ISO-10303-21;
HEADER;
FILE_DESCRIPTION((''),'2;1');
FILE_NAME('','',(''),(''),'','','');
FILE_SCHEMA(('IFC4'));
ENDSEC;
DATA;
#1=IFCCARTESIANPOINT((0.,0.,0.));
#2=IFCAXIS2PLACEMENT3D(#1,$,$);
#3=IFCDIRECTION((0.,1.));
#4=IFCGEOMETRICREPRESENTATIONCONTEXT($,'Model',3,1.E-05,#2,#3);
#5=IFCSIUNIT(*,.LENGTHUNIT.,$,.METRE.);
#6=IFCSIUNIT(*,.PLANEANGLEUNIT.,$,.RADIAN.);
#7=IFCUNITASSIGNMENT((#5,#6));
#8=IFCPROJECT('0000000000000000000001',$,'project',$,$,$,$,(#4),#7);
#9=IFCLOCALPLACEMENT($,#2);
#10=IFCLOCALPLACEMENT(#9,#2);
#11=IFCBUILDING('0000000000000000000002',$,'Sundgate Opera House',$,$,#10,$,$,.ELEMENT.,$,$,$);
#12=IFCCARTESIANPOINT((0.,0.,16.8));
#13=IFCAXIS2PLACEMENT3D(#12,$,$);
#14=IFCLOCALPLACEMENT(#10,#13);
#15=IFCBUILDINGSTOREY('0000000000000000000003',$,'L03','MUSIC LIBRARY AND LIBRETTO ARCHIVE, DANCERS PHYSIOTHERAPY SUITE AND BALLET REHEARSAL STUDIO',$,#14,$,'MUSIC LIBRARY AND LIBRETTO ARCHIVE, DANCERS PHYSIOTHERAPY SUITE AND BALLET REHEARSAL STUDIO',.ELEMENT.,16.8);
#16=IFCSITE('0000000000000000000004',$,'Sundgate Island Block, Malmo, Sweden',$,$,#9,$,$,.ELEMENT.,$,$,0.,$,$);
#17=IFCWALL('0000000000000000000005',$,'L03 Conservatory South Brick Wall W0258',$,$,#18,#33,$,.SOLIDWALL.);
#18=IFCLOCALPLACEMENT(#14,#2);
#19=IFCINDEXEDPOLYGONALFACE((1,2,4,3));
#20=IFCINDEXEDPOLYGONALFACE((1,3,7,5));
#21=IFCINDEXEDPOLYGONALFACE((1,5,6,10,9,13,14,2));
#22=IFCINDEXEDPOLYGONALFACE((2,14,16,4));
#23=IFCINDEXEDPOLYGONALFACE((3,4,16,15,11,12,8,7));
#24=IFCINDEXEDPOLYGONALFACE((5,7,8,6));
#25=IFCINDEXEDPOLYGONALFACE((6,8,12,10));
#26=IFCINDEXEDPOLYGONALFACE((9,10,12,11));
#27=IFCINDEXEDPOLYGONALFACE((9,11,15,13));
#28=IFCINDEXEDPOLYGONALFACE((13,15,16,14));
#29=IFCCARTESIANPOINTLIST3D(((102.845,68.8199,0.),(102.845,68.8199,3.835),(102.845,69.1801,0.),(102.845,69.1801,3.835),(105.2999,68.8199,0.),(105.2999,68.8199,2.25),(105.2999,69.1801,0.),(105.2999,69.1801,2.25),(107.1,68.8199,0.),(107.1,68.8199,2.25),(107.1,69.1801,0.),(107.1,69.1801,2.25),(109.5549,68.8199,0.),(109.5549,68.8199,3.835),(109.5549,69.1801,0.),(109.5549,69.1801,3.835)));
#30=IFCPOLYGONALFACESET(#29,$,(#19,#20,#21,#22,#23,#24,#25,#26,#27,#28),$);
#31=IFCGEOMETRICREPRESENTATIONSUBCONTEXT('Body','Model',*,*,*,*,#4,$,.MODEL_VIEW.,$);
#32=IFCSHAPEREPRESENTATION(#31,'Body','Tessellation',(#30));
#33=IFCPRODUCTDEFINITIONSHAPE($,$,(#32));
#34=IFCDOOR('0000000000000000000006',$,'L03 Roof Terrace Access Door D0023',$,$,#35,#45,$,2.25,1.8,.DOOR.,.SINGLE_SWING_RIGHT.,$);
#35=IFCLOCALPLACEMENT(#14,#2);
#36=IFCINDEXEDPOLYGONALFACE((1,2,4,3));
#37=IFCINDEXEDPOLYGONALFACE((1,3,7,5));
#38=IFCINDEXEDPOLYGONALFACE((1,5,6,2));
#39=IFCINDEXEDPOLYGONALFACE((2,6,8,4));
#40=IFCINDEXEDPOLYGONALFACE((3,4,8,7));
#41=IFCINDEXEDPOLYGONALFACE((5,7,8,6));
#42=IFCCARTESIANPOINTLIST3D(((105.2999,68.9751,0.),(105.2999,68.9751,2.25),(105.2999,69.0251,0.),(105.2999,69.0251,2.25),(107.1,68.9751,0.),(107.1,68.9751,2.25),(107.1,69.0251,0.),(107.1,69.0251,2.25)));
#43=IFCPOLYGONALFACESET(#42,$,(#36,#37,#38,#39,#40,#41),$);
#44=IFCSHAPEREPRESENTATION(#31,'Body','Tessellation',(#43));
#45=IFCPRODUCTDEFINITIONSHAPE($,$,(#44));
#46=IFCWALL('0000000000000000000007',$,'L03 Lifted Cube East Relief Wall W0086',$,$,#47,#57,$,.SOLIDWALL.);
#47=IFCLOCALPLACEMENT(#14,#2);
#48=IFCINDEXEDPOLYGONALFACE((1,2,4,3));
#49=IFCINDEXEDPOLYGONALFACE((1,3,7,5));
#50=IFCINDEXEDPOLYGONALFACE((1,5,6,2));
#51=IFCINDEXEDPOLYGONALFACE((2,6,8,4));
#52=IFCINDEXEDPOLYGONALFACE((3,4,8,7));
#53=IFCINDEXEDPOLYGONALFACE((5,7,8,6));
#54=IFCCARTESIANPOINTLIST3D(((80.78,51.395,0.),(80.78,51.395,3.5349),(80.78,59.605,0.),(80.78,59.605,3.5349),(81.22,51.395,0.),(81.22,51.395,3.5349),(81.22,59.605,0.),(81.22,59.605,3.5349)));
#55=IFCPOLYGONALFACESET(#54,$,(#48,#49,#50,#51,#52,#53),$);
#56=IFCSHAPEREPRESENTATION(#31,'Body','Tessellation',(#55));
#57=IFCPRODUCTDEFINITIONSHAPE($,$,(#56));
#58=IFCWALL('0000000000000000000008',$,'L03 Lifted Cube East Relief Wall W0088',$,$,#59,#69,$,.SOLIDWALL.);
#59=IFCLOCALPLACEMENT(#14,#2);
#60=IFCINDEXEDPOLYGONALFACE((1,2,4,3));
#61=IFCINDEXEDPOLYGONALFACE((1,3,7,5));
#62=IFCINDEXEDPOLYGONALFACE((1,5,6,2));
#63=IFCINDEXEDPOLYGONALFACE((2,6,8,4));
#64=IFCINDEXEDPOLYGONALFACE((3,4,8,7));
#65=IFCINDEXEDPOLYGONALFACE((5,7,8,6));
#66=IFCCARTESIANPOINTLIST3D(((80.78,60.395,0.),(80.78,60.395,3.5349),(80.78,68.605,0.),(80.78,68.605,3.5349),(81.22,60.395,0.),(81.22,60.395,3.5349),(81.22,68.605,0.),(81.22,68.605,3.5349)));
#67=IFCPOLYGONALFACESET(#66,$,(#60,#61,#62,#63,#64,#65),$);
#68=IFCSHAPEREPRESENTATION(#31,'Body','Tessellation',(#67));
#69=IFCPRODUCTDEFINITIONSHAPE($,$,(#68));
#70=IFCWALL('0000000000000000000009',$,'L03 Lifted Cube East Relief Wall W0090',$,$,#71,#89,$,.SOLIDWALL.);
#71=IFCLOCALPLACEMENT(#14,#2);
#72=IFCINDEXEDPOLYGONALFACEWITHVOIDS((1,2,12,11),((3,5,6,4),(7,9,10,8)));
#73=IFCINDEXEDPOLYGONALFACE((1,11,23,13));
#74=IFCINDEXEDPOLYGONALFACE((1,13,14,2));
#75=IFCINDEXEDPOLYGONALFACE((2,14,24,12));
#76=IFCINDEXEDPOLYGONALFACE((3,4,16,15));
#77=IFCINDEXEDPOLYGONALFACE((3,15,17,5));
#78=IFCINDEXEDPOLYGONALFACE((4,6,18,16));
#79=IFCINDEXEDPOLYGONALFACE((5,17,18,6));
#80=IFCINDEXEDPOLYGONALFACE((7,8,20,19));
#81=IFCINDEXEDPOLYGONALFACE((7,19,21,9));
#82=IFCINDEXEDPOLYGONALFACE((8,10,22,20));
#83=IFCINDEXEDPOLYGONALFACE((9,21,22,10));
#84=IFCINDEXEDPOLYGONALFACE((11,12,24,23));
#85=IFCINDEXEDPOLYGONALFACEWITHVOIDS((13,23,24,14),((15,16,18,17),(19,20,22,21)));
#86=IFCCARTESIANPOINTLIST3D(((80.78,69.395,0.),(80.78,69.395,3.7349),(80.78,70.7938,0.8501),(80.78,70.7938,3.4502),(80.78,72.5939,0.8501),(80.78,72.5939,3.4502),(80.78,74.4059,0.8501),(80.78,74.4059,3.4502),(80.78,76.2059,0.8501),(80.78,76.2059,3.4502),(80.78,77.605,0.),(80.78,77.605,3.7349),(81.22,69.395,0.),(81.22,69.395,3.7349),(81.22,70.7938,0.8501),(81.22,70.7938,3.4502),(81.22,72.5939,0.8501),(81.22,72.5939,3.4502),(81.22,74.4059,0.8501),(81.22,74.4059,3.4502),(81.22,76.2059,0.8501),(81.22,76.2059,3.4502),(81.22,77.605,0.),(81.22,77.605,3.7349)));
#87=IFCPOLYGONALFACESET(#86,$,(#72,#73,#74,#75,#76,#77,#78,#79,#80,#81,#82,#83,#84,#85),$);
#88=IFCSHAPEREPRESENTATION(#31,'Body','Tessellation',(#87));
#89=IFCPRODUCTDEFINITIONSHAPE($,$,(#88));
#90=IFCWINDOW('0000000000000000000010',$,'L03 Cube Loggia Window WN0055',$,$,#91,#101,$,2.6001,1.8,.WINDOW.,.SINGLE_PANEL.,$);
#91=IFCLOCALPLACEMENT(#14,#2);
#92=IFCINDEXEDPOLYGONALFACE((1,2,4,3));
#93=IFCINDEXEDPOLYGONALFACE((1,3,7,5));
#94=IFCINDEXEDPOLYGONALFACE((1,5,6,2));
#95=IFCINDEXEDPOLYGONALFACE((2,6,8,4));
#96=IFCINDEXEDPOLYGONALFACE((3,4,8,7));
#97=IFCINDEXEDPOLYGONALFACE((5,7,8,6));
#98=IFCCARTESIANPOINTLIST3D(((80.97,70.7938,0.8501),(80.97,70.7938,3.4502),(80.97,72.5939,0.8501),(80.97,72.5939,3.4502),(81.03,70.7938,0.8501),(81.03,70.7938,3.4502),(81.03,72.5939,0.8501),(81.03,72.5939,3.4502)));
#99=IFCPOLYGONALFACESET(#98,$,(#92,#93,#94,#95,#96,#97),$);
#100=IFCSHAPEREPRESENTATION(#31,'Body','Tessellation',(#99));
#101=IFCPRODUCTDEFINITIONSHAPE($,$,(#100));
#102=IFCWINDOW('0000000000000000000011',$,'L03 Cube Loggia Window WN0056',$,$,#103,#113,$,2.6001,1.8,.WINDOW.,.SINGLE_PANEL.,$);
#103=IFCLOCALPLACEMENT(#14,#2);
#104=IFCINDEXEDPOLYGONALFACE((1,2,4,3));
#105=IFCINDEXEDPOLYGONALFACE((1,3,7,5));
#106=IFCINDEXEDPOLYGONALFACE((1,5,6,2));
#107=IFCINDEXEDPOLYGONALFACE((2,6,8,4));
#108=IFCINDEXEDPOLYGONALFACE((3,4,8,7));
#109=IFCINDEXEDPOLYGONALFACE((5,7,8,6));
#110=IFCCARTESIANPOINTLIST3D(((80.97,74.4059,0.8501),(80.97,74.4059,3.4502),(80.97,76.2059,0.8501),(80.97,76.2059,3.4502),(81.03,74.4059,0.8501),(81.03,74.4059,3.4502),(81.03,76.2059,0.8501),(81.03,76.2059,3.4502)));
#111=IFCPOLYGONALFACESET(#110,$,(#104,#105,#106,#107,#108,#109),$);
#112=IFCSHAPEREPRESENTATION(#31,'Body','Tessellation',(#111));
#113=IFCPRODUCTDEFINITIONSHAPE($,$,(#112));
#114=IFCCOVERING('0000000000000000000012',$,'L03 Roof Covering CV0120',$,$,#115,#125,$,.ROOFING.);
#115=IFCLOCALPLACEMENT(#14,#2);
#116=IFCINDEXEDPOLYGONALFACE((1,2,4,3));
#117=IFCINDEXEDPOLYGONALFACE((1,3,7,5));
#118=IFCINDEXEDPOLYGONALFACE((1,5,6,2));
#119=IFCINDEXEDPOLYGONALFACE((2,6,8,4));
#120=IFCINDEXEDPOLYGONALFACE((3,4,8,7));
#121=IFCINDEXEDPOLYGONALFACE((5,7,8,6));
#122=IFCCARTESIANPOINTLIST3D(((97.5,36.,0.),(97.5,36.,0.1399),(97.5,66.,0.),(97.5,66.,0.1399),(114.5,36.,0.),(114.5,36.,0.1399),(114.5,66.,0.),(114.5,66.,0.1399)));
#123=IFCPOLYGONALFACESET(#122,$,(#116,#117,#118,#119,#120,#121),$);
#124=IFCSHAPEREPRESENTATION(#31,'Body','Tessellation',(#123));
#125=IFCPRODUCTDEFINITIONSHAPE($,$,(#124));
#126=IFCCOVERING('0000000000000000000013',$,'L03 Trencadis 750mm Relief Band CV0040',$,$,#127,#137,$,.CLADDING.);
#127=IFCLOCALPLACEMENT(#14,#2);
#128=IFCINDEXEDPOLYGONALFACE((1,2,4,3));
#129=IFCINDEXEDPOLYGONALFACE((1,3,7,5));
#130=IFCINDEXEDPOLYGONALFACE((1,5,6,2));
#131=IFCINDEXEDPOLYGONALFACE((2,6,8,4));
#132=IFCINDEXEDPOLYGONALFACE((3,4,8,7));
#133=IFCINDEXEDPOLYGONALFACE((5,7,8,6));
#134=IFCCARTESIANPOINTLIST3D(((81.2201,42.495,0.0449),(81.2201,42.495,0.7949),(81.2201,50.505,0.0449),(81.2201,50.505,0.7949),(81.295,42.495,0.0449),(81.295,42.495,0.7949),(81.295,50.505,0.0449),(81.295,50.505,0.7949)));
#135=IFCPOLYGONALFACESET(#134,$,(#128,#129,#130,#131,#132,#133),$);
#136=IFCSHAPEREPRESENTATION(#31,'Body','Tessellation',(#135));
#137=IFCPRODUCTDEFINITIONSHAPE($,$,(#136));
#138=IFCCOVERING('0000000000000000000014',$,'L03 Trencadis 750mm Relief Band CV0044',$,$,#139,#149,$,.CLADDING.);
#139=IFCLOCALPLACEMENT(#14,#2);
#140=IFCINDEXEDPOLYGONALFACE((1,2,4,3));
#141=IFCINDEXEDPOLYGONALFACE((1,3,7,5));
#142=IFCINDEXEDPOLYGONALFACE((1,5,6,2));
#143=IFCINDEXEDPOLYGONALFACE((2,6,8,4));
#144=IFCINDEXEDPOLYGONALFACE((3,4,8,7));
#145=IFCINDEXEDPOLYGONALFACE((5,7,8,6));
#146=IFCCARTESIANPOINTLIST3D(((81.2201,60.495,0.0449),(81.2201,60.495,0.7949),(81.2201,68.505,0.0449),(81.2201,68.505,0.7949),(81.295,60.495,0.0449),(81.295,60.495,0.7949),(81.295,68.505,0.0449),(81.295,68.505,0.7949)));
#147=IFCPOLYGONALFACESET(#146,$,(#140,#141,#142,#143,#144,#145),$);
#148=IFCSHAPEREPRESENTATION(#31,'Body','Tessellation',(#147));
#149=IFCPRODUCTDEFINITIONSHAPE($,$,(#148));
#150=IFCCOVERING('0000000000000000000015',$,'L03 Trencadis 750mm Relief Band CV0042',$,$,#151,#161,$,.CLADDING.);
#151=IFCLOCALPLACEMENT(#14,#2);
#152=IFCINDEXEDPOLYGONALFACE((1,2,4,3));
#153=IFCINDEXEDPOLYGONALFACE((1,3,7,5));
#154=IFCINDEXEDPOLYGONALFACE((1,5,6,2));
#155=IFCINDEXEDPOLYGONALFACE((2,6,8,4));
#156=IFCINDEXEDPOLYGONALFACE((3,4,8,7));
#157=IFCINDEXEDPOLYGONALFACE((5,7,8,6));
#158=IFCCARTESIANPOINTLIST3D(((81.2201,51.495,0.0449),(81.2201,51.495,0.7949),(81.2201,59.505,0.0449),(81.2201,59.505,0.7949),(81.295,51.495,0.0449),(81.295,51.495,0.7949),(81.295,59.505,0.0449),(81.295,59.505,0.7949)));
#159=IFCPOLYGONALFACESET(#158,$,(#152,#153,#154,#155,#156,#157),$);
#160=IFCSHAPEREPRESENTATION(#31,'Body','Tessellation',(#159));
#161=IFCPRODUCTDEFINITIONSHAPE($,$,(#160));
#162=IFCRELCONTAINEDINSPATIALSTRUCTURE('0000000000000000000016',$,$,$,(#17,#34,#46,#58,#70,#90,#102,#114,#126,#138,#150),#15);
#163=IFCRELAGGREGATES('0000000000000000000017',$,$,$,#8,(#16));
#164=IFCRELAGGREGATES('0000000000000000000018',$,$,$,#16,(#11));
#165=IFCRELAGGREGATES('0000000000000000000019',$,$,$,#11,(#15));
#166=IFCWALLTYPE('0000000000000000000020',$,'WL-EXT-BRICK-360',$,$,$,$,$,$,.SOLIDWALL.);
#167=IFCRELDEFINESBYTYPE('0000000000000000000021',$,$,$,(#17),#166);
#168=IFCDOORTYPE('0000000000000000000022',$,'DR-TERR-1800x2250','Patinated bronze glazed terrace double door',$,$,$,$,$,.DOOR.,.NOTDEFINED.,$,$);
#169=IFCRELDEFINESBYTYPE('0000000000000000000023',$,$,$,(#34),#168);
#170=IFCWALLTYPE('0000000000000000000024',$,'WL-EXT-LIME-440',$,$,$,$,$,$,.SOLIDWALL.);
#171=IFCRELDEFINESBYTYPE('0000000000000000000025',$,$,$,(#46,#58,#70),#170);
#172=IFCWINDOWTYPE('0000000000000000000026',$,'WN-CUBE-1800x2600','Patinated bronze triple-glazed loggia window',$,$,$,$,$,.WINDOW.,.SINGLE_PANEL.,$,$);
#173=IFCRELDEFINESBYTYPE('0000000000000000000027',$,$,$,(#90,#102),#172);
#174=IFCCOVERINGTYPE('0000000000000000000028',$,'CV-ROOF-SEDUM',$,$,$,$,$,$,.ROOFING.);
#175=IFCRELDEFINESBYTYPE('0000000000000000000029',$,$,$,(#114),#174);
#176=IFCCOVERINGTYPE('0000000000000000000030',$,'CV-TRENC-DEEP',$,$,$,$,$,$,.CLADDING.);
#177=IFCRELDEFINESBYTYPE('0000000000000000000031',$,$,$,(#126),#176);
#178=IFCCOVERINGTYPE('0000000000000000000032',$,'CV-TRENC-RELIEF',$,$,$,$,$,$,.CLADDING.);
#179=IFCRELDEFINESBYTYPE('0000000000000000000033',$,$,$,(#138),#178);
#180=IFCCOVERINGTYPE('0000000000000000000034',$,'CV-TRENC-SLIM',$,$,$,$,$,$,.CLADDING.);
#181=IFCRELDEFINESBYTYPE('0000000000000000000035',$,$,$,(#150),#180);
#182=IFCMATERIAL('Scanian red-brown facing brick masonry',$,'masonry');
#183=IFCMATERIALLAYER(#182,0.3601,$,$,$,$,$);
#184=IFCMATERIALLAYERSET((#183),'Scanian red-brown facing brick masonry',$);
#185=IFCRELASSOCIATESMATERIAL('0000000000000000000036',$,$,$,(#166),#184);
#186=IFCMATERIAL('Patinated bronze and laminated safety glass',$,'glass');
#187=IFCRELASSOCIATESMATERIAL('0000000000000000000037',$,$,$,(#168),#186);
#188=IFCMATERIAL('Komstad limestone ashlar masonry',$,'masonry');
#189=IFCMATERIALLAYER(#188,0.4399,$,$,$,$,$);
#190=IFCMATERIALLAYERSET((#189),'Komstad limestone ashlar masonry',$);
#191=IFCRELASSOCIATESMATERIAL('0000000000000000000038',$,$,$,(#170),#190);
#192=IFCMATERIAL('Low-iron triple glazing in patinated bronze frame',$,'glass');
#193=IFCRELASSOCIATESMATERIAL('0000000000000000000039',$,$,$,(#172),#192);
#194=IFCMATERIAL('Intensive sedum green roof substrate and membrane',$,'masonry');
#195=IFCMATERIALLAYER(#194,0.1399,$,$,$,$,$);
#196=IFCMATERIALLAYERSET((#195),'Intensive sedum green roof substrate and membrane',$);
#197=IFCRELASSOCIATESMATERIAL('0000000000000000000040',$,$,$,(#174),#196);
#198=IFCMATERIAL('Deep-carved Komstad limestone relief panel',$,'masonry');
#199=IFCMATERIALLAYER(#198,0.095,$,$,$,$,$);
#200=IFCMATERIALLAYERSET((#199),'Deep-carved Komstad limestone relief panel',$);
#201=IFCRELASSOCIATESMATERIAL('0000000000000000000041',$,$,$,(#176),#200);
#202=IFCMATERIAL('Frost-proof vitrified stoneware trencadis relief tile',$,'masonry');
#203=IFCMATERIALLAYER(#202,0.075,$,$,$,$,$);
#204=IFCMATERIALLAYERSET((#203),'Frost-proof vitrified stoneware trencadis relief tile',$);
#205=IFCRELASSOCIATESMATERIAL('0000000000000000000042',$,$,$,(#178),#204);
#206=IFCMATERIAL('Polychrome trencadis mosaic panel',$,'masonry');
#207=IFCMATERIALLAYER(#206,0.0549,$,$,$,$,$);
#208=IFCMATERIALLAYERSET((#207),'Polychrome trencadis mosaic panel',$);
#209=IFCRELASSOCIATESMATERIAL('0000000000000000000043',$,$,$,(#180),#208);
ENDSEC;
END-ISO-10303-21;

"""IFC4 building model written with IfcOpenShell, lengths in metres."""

from ifc_helpers import new_model, si_unit, direction, frame, frame_2d, origin, origin_2d, place, context, subcontext, project, spatial, rectangle, extrude, material, layer, layer_set, type_object, element, fill, save


model = new_model("IFC4")

# Units and contexts
model_context = context("Model", 3, precision=1e-05, world=origin(), true_north=direction((0.0, 1.0)))
body_context = subcontext(model_context, "Body", "Model", "MODEL_VIEW")
ifc_project = project(units=[si_unit("LENGTHUNIT", "METRE"), si_unit("PLANEANGLEUNIT", "RADIAN")], contexts=[model_context])

# Site, building, storey
site_placement = place(None, origin())
site = spatial("IfcSite", under=ifc_project, at=site_placement, Name="Sundgate Island Block, Malmo, Sweden", CompositionType="ELEMENT", RefElevation=0.0)
building_placement = place(site_placement, origin())
building = spatial("IfcBuilding", under=site, at=building_placement, Name="Sundgate Opera House", CompositionType="ELEMENT")
storey_placement = place(building_placement, frame((0.0, 0.0, 16.8)))
storey = spatial("IfcBuildingStorey", under=building, at=storey_placement, Name="L03", Description="MUSIC LIBRARY AND LIBRETTO ARCHIVE, DANCERS PHYSIOTHERAPY SUITE AND BALLET REHEARSAL STUDIO", LongName="MUSIC LIBRARY AND LIBRETTO ARCHIVE, DANCERS PHYSIOTHERAPY SUITE AND BALLET REHEARSAL STUDIO", CompositionType="ELEMENT", Elevation=16.8)

# Shared definitions
ifc_material_1 = material(Name="Scanian red-brown facing brick masonry", Category="masonry")
ifc_layer_1 = layer(ifc_material_1, 0.3601)
ifc_layer_set_1 = layer_set([ifc_layer_1], Name="Scanian red-brown facing brick masonry")
wall_type_1 = type_object("IfcWallType", Name="WL-EXT-BRICK-360", PredefinedType="SOLIDWALL", material=ifc_layer_set_1)

# Wall, opening, door
wall_1_placement = place(storey_placement, frame((109.5549, 69.0, 0.0), z_axis=(0.0, 0.0, 1.0), x_axis=(-1.0, 0.0, 0.0)))
wall_1 = element("IfcWall", 1, at=wall_1_placement, inside=storey, type_object=wall_type_1, Name="L03 Conservatory South Brick Wall W0258", PredefinedType="SOLIDWALL", context=body_context, shape_type="SweptSolid", body=[
    extrude(rectangle(XDim=6.71, YDim=0.3601, at=frame_2d((3.355, 0.0))), origin(), (0.0, 0.0, 1.0), 3.835),
])
opening_1_placement = place(wall_1_placement, frame((2.4551, 0.0, 0.0)))
opening_1 = element("IfcOpeningElement", 2, at=opening_1_placement, cuts=wall_1, PredefinedType="OPENING", context=body_context, shape_type="SweptSolid", body=[
    extrude(rectangle(XDim=1.8, YDim=2.25, at=frame_2d((0.8999, 1.125))), frame((0.0, 0.1899, 0.0), z_axis=(0.0, -1.0, 0.0), x_axis=(1.0, 0.0, 0.0)), (0.0, 0.0, 1.0), 0.3801),
])
ifc_material_2 = material(Name="Patinated bronze and laminated safety glass", Category="glass")
door_type = type_object("IfcDoorType", Name="DR-TERR-1800x2250", Description="Patinated bronze glazed terrace double door", OperationType="NOTDEFINED", PredefinedType="DOOR", material=ifc_material_2)
door_placement = place(opening_1_placement, origin())
door = element("IfcDoor", 3, at=door_placement, inside=storey, type_object=door_type, Name="L03 Roof Terrace Access Door D0023", OperationType="SINGLE_SWING_RIGHT", OverallHeight=2.25, OverallWidth=1.8, PredefinedType="DOOR", context=body_context, shape_type="SweptSolid", body=[
    extrude(rectangle(XDim=1.8, YDim=2.25, at=frame_2d((0.8999, 1.125))), frame((0.0, 0.0249, 0.0), z_axis=(0.0, -1.0, 0.0), x_axis=(1.0, 0.0, 0.0)), (0.0, 0.0, 1.0), 0.05),
])
fill(opening_1, door)

# Walls
ifc_material_3 = material(Name="Komstad limestone ashlar masonry", Category="masonry")
ifc_layer_2 = layer(ifc_material_3, 0.4399)
ifc_layer_set_2 = layer_set([ifc_layer_2], Name="Komstad limestone ashlar masonry")
wall_type_2 = type_object("IfcWallType", Name="WL-EXT-LIME-440", PredefinedType="SOLIDWALL", material=ifc_layer_set_2)
for number, where, z_axis, x_axis, name in (
    (4, (81.0, 51.395, 0.0), (0.0, 0.0, 1.0), (0.0, 1.0, 0.0), "L03 Lifted Cube East Relief Wall W0086"),
    (5, (81.0, 60.395, 0.0), (0.0, 0.0, 1.0), (0.0, 1.0, 0.0), "L03 Lifted Cube East Relief Wall W0088"),
):
    element("IfcWall", number, at=place(storey_placement, frame(where, z_axis=z_axis, x_axis=x_axis)), inside=storey, type_object=wall_type_2, Name=name, PredefinedType="SOLIDWALL", context=body_context, shape_type="SweptSolid", body=[
        extrude(rectangle(XDim=8.21, YDim=0.4399, at=frame_2d((4.105, 0.0))), origin(), (0.0, 0.0, 1.0), 3.5349),
    ])

# Wall, openings, windows
wall_2_placement = place(storey_placement, frame((81.0, 69.395, 0.0), z_axis=(0.0, 0.0, 1.0), x_axis=(0.0, 1.0, 0.0)))
wall_2 = element("IfcWall", 6, at=wall_2_placement, inside=storey, type_object=wall_type_2, Name="L03 Lifted Cube East Relief Wall W0090", PredefinedType="SOLIDWALL", context=body_context, shape_type="SweptSolid", body=[
    extrude(rectangle(XDim=8.21, YDim=0.4399, at=frame_2d((4.105, 0.0))), origin(), (0.0, 0.0, 1.0), 3.7349),
])
opening_2_placement = place(wall_2_placement, frame((1.3989, 0.0, 0.8501)))
opening_2 = element("IfcOpeningElement", 7, at=opening_2_placement, cuts=wall_2, PredefinedType="OPENING", context=body_context, shape_type="SweptSolid", body=[
    extrude(rectangle(XDim=1.8, YDim=2.6001, at=frame_2d((0.8999, 1.3))), frame((0.0, 0.23, 0.0), z_axis=(0.0, -1.0, 0.0), x_axis=(1.0, 0.0, 0.0)), (0.0, 0.0, 1.0), 0.46),
])
opening_3_placement = place(wall_2_placement, frame((5.011, 0.0, 0.8501)))
opening_3 = element("IfcOpeningElement", 8, at=opening_3_placement, cuts=wall_2, PredefinedType="OPENING", context=body_context, shape_type="SweptSolid", body=[
    extrude(rectangle(XDim=1.8, YDim=2.6001, at=frame_2d((0.8999, 1.3))), frame((0.0, 0.23, 0.0), z_axis=(0.0, -1.0, 0.0), x_axis=(1.0, 0.0, 0.0)), (0.0, 0.0, 1.0), 0.46),
])
ifc_material_4 = material(Name="Low-iron triple glazing in patinated bronze frame", Category="glass")
window_type_1 = type_object("IfcWindowType", Name="WN-CUBE-1800x2600", Description="Patinated bronze triple-glazed loggia window", PartitioningType="SINGLE_PANEL", PredefinedType="WINDOW", material=ifc_material_4)
window_1_placement = place(opening_2_placement, origin())
window_1 = element("IfcWindow", 9, at=window_1_placement, inside=storey, type_object=window_type_1, Name="L03 Cube Loggia Window WN0055", OverallHeight=2.6001, OverallWidth=1.8, PartitioningType="SINGLE_PANEL", PredefinedType="WINDOW", context=body_context, shape_type="SweptSolid", body=[
    extrude(rectangle(XDim=1.8, YDim=2.6001, at=frame_2d((0.8999, 1.3))), frame((0.0, 0.03, 0.0), z_axis=(0.0, -1.0, 0.0), x_axis=(1.0, 0.0, 0.0)), (0.0, 0.0, 1.0), 0.0601),
])
fill(opening_2, window_1)
window_2_placement = place(opening_3_placement, origin())
window_2 = element("IfcWindow", 10, at=window_2_placement, inside=storey, type_object=window_type_1, Name="L03 Cube Loggia Window WN0056", OverallHeight=2.6001, OverallWidth=1.8, PartitioningType="SINGLE_PANEL", PredefinedType="WINDOW", context=body_context, shape_type="SweptSolid", body=[
    extrude(rectangle(XDim=1.8, YDim=2.6001, at=frame_2d((0.8999, 1.3))), frame((0.0, 0.03, 0.0), z_axis=(0.0, -1.0, 0.0), x_axis=(1.0, 0.0, 0.0)), (0.0, 0.0, 1.0), 0.0601),
])
fill(opening_3, window_2)

# Coverings
ifc_material_5 = material(Name="Intensive sedum green roof substrate and membrane", Category="masonry")
ifc_layer_3 = layer(ifc_material_5, 0.1399)
ifc_layer_set_3 = layer_set([ifc_layer_3], Name="Intensive sedum green roof substrate and membrane")
covering_type_1 = type_object("IfcCoveringType", Name="CV-ROOF-SEDUM", PredefinedType="ROOFING", material=ifc_layer_set_3)
covering_1_placement = place(storey_placement, frame((106.0, 51.0, 0.0), z_axis=(0.0, 0.0, 1.0), x_axis=(1.0, 0.0, 0.0)))
element("IfcCovering", 11, at=covering_1_placement, inside=storey, type_object=covering_type_1, Name="L03 Roof Covering CV0120", PredefinedType="ROOFING", context=body_context, shape_type="SweptSolid", body=[
    extrude(rectangle(XDim=17.0, YDim=30.0, at=origin_2d()), origin(), (0.0, 0.0, 1.0), 0.1399),
])
ifc_material_6 = material(Name="Deep-carved Komstad limestone relief panel", Category="masonry")
ifc_layer_4 = layer(ifc_material_6, 0.095)
ifc_layer_set_4 = layer_set([ifc_layer_4], Name="Deep-carved Komstad limestone relief panel")
covering_type_2 = type_object("IfcCoveringType", Name="CV-TRENC-DEEP", PredefinedType="CLADDING", material=ifc_layer_set_4)
covering_2_placement = place(storey_placement, frame((81.2576, 46.5, 0.0449), z_axis=(0.0, 0.0, 1.0), x_axis=(0.0, 1.0, 0.0)))
element("IfcCovering", 12, at=covering_2_placement, inside=storey, type_object=covering_type_2, Name="L03 Trencadis 750mm Relief Band CV0040", PredefinedType="CLADDING", context=body_context, shape_type="SweptSolid", body=[
    extrude(rectangle(XDim=8.01, YDim=0.075, at=origin_2d()), origin(), (0.0, 0.0, 1.0), 0.75),
])
ifc_material_7 = material(Name="Frost-proof vitrified stoneware trencadis relief tile", Category="masonry")
ifc_layer_5 = layer(ifc_material_7, 0.075)
ifc_layer_set_5 = layer_set([ifc_layer_5], Name="Frost-proof vitrified stoneware trencadis relief tile")
covering_type_3 = type_object("IfcCoveringType", Name="CV-TRENC-RELIEF", PredefinedType="CLADDING", material=ifc_layer_set_5)
covering_3_placement = place(storey_placement, frame((81.2576, 64.5, 0.0449), z_axis=(0.0, 0.0, 1.0), x_axis=(0.0, 1.0, 0.0)))
element("IfcCovering", 13, at=covering_3_placement, inside=storey, type_object=covering_type_3, Name="L03 Trencadis 750mm Relief Band CV0044", PredefinedType="CLADDING", context=body_context, shape_type="SweptSolid", body=[
    extrude(rectangle(XDim=8.01, YDim=0.075, at=origin_2d()), origin(), (0.0, 0.0, 1.0), 0.75),
])
ifc_material_8 = material(Name="Polychrome trencadis mosaic panel", Category="masonry")
ifc_layer_6 = layer(ifc_material_8, 0.0549)
ifc_layer_set_6 = layer_set([ifc_layer_6], Name="Polychrome trencadis mosaic panel")
covering_type_4 = type_object("IfcCoveringType", Name="CV-TRENC-SLIM", PredefinedType="CLADDING", material=ifc_layer_set_6)
covering_4_placement = place(storey_placement, frame((81.2576, 55.5, 0.0449), z_axis=(0.0, 0.0, 1.0), x_axis=(0.0, 1.0, 0.0)))
element("IfcCovering", 14, at=covering_4_placement, inside=storey, type_object=covering_type_4, Name="L03 Trencadis 750mm Relief Band CV0042", PredefinedType="CLADDING", context=body_context, shape_type="SweptSolid", body=[
    extrude(rectangle(XDim=8.01, YDim=0.075, at=origin_2d()), origin(), (0.0, 0.0, 1.0), 0.75),
])

save(model, "model.ifc")
